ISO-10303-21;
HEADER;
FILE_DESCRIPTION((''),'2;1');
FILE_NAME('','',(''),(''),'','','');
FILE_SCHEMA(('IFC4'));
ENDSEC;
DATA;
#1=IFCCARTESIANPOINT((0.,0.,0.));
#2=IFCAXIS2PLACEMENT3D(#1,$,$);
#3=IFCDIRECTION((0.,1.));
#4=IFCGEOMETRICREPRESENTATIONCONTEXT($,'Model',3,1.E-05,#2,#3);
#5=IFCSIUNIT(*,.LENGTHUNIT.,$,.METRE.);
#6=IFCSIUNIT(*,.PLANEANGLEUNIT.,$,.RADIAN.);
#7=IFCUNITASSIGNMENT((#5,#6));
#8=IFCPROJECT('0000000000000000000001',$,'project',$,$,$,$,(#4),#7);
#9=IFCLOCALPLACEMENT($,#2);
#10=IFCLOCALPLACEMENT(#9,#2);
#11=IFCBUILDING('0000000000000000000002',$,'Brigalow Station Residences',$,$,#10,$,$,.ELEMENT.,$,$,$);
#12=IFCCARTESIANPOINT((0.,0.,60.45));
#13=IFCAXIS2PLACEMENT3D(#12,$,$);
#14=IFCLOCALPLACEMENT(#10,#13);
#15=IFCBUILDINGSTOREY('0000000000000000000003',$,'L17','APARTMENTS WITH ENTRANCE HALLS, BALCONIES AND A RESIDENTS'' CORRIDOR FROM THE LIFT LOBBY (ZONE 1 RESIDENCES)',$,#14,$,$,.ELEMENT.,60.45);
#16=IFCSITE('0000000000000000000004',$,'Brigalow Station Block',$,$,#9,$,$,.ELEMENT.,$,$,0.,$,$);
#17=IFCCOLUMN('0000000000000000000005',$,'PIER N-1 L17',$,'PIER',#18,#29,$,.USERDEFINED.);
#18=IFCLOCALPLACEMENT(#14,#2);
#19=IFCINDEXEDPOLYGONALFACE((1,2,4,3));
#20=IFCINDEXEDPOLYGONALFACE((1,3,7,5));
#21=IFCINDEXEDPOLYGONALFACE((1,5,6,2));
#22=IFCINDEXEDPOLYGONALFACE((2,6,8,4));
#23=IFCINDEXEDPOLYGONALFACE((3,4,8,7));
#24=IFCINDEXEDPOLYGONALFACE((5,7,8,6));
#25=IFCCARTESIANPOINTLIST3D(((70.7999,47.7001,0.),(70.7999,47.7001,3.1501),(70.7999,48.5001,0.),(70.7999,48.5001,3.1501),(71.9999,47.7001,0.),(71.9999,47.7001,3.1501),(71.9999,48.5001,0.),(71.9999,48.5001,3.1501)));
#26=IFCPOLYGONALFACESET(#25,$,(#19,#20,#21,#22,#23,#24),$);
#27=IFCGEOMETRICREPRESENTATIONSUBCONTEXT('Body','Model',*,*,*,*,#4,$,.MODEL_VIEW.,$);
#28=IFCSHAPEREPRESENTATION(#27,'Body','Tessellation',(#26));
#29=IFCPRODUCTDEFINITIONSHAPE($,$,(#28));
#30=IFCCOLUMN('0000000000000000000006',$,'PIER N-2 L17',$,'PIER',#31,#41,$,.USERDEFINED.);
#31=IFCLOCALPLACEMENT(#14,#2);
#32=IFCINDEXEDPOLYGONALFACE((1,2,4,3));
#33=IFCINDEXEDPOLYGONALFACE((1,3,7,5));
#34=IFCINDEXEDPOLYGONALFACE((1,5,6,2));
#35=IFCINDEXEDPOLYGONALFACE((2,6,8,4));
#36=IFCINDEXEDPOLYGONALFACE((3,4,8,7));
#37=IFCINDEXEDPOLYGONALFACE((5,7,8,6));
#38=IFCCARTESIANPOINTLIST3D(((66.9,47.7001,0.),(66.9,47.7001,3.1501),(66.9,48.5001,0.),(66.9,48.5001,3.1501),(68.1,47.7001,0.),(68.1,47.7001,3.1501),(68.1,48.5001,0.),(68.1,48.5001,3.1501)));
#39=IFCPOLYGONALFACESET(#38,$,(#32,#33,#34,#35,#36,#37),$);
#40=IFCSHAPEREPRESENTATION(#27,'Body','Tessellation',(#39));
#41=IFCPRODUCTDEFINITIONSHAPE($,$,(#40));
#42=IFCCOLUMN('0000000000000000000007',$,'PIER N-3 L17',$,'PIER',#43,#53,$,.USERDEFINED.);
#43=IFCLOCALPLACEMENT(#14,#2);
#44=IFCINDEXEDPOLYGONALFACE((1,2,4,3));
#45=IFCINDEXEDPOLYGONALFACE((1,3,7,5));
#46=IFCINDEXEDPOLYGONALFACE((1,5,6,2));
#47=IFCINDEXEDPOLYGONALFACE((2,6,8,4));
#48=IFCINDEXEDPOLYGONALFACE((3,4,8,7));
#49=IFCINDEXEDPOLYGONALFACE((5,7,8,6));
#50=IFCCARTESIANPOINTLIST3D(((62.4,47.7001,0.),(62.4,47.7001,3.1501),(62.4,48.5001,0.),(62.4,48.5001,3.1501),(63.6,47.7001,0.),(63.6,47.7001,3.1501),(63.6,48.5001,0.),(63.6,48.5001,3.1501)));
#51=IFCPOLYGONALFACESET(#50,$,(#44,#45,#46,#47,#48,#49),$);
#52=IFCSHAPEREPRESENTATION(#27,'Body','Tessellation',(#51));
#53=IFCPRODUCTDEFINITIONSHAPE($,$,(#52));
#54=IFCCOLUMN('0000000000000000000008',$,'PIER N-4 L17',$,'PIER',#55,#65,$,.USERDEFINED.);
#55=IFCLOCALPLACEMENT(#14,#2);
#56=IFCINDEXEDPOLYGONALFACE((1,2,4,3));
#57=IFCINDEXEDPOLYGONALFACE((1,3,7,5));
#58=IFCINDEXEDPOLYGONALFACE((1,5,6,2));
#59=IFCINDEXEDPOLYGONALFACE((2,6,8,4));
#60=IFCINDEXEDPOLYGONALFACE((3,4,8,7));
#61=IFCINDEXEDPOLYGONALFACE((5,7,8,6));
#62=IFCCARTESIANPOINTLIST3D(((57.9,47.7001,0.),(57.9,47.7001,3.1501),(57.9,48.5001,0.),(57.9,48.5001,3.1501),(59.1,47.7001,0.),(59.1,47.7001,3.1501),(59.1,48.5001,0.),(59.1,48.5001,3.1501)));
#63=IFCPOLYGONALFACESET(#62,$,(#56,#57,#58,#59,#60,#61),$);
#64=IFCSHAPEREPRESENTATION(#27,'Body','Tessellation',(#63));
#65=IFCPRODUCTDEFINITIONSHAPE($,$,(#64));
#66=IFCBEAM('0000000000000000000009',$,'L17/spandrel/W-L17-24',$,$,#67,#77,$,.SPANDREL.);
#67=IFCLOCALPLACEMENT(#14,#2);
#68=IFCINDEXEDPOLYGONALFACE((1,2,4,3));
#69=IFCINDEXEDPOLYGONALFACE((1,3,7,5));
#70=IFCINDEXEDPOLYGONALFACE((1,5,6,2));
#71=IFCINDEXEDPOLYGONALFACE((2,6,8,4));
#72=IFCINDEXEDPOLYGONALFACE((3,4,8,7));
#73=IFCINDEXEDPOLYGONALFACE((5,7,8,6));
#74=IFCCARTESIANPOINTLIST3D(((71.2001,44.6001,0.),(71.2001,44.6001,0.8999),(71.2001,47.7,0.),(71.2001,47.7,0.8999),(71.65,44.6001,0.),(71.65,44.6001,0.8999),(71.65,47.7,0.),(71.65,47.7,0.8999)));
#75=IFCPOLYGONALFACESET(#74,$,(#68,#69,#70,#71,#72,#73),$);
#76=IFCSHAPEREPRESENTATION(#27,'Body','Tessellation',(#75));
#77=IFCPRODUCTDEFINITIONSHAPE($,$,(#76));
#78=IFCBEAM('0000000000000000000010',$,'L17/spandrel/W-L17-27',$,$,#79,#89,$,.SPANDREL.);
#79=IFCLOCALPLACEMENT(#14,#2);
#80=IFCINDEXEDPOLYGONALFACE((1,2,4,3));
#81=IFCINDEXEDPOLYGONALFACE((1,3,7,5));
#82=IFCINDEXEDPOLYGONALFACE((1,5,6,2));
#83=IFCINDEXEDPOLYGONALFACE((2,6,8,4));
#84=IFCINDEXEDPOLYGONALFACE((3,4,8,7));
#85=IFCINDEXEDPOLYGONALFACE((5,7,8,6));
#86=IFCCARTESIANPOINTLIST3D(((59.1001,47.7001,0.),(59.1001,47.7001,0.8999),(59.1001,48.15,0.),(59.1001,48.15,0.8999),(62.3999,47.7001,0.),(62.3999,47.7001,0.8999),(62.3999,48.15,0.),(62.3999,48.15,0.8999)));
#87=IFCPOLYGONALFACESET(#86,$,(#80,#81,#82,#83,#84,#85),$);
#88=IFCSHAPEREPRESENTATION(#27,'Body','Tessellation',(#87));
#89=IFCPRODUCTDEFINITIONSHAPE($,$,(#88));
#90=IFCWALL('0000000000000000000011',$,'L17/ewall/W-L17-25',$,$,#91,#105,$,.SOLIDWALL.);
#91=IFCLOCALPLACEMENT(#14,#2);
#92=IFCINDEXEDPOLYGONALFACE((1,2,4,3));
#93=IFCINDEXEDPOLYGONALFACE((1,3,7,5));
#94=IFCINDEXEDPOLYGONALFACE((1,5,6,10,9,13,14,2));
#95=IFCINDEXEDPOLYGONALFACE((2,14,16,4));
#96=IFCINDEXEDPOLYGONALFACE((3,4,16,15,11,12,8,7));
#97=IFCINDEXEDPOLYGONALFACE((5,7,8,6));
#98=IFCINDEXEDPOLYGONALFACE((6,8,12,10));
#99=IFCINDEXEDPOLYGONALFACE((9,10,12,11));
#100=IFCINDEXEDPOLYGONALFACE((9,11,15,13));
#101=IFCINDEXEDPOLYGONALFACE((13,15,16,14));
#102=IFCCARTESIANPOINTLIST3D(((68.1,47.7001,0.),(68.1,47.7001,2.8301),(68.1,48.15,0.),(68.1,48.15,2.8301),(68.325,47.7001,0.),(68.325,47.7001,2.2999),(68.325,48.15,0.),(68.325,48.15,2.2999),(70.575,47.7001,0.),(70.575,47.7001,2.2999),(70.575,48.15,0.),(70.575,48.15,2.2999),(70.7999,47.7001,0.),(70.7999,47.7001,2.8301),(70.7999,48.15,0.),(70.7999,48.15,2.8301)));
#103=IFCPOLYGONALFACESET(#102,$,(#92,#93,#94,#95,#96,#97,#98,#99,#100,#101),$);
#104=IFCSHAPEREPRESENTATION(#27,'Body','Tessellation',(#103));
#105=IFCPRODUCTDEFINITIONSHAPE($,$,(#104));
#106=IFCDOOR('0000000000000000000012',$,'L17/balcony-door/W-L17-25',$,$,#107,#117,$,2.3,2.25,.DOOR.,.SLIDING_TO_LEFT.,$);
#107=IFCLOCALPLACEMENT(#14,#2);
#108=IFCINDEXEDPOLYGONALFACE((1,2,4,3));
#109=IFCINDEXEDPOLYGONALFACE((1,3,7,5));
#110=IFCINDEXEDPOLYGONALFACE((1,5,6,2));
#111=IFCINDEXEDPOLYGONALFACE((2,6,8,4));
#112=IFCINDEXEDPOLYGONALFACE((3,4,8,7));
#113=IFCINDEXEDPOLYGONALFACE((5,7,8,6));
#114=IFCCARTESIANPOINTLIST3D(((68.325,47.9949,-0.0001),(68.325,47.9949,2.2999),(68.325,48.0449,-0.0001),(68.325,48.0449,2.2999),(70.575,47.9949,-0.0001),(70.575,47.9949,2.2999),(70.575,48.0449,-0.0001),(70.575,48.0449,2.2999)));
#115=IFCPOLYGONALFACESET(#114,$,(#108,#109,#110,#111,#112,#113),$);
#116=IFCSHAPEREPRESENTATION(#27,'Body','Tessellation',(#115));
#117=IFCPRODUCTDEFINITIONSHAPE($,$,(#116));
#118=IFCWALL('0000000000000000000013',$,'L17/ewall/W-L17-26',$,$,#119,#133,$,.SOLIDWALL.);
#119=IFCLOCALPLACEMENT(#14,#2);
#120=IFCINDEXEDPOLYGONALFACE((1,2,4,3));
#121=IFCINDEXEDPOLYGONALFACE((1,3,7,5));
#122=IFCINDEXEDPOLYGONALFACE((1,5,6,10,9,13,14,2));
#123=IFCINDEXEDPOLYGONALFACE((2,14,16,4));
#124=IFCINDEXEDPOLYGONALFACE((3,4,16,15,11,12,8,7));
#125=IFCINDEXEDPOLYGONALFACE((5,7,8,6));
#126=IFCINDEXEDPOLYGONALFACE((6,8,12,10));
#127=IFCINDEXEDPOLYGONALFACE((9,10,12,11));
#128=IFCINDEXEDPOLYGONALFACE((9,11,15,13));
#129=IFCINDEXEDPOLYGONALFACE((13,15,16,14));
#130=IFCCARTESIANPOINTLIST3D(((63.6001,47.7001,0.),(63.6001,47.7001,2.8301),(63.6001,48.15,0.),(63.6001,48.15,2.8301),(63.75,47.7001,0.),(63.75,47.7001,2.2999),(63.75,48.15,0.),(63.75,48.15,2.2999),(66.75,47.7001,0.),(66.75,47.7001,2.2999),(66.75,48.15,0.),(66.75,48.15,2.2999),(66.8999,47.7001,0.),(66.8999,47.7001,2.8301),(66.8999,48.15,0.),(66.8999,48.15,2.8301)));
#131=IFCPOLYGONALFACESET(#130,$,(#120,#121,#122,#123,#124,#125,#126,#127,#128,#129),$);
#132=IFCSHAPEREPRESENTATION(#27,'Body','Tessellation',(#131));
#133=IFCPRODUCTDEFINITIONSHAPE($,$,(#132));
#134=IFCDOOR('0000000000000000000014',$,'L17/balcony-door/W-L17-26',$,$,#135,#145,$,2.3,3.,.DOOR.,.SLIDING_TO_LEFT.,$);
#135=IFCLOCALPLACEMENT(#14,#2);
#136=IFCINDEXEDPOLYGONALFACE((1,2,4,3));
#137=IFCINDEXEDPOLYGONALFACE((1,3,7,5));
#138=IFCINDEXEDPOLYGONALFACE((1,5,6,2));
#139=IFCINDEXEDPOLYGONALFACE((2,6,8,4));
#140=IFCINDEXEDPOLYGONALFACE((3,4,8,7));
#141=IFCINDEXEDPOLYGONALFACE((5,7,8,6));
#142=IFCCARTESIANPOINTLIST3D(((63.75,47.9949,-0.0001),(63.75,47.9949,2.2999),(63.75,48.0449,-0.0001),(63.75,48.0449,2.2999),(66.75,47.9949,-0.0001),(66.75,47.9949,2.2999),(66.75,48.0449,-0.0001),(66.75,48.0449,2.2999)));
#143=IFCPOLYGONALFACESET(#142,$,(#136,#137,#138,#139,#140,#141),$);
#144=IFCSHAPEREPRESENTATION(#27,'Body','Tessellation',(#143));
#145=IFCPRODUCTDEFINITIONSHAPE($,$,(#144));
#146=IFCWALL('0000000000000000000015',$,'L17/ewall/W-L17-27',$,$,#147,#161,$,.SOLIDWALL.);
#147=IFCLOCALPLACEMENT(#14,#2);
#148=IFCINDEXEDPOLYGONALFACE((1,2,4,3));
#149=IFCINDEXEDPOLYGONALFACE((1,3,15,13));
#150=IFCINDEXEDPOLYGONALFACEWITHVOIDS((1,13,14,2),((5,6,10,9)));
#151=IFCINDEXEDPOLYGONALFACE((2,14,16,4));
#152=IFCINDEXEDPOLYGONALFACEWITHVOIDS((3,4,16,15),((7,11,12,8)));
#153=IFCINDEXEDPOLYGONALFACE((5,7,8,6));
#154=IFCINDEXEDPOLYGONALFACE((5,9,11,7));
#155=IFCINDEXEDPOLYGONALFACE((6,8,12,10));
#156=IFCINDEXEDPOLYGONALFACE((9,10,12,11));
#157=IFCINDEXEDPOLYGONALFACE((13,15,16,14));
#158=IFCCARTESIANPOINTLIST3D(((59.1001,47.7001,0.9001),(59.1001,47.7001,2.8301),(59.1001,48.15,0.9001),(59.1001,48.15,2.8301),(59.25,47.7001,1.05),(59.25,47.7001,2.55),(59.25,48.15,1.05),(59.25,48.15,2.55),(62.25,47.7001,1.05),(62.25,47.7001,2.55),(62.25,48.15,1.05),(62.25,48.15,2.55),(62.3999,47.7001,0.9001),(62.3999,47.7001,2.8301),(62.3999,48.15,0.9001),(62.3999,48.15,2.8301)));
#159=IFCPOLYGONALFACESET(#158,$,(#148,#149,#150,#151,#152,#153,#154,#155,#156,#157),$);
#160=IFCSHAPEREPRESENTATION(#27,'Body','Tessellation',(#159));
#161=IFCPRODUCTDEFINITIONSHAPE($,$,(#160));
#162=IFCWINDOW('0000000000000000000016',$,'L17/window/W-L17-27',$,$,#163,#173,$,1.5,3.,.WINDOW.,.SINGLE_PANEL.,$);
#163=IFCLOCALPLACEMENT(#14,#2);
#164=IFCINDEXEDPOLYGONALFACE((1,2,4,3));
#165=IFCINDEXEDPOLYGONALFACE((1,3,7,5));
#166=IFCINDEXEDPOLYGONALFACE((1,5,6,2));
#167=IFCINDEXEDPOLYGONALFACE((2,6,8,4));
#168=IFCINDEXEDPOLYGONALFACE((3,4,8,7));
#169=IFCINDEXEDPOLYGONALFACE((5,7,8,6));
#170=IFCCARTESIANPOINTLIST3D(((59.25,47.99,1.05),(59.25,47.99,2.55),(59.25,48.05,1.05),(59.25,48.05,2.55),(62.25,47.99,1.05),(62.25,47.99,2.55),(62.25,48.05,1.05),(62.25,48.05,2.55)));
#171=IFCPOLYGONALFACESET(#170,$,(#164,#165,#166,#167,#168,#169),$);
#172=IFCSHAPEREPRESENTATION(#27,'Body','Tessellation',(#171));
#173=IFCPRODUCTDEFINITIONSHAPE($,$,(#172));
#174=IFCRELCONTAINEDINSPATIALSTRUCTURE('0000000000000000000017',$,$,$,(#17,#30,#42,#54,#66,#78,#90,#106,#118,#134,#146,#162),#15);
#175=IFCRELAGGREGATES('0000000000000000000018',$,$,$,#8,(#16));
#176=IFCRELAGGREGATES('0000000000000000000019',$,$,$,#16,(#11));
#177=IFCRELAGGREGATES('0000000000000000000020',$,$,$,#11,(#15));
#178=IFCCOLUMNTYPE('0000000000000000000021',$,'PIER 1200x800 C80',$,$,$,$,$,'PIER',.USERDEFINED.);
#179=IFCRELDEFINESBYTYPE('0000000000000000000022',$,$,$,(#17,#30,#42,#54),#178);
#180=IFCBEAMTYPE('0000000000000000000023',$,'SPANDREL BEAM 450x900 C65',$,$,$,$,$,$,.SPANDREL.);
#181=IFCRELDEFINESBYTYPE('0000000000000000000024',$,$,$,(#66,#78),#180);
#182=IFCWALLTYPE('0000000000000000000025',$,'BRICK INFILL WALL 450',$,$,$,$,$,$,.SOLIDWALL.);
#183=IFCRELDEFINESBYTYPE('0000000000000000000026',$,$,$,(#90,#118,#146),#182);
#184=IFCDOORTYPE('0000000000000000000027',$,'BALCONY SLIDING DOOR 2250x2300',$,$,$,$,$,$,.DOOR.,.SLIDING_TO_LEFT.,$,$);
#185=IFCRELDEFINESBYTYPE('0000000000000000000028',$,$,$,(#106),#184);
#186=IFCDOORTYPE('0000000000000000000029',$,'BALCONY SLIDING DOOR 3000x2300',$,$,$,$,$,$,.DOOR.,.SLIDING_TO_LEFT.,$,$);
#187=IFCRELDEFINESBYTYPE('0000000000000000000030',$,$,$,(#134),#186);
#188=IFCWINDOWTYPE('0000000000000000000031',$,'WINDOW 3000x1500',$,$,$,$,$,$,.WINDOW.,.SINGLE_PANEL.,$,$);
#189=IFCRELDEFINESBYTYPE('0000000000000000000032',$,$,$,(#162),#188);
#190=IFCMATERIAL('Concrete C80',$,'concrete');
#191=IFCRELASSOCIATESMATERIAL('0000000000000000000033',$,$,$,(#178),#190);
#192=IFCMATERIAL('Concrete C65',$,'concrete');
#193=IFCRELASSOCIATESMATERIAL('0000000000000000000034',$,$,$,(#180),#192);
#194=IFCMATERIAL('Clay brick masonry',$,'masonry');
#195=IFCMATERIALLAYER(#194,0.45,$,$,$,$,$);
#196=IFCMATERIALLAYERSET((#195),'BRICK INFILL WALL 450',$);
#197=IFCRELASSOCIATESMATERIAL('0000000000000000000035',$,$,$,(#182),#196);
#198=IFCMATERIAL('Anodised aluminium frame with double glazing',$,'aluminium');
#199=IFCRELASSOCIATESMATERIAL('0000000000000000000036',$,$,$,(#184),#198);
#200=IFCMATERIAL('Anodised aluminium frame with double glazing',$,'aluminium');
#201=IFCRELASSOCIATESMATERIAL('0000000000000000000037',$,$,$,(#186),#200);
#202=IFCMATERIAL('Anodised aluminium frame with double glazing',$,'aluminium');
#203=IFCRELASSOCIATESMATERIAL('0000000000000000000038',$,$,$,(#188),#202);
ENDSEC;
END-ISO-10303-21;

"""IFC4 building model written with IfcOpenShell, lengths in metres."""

from ifc_helpers import new_model, si_unit, direction, frame, frame_2d, origin, origin_2d, place, context, subcontext, project, spatial, rectangle, extrude, material, layer, layer_set, material_profile, profile_set, type_object, element, fill, save


model = new_model("IFC4")

# Units and contexts
model_context = context("Model", 3, precision=1e-05, world=origin(), true_north=direction((0.0, 1.0)))
body_context = subcontext(model_context, "Body", "Model", "MODEL_VIEW")
ifc_project = project(units=[si_unit("LENGTHUNIT", "METRE"), si_unit("PLANEANGLEUNIT", "RADIAN")], contexts=[model_context])

# Site, building, storey
site_placement = place(None, origin())
site = spatial("IfcSite", under=ifc_project, at=site_placement, Name="Brigalow Station Block", CompositionType="ELEMENT", RefElevation=0.0)
building_placement = place(site_placement, origin())
building = spatial("IfcBuilding", under=site, at=building_placement, Name="Brigalow Station Residences", CompositionType="ELEMENT")
storey_placement = place(building_placement, frame((0.0, 0.0, 60.45)))
storey = spatial("IfcBuildingStorey", under=building, at=storey_placement, Name="L17", Description="APARTMENTS WITH ENTRANCE HALLS, BALCONIES AND A RESIDENTS' CORRIDOR FROM THE LIFT LOBBY (ZONE 1 RESIDENCES)", CompositionType="ELEMENT", Elevation=60.45)

# Columns
ifc_material_1 = material(Name="Concrete C80", Category="concrete")
ifc_material_profile_1 = material_profile(ifc_material_1, rectangle(XDim=1.2, YDim=0.8, at=origin_2d()), Name="RC1200x800")
ifc_profile_set_1 = profile_set([ifc_material_profile_1], Name="Concrete C80")
column_type = type_object("IfcColumnType", Name="PIER 1200x800 C80", ElementType="PIER", PredefinedType="USERDEFINED", material=ifc_profile_set_1)
for number, where, z_axis, x_axis, name in (
    (1, (71.3999, 48.1001, 0.0), (0.0, 0.0, 1.0), (-1.0, 0.0, 0.0), "PIER N-1 L17"),
    (2, (67.5, 48.1001, 0.0), (0.0, 0.0, 1.0), (-1.0, 0.0, 0.0), "PIER N-2 L17"),
    (3, (63.0, 48.1001, 0.0), (0.0, 0.0, 1.0), (-1.0, 0.0, 0.0), "PIER N-3 L17"),
    (4, (58.5, 48.1001, 0.0), (0.0, 0.0, 1.0), (-1.0, 0.0, 0.0), "PIER N-4 L17"),
):
    element("IfcColumn", number, at=place(storey_placement, frame(where, z_axis=z_axis, x_axis=x_axis)), inside=storey, type_object=column_type, Name=name, ObjectType="PIER", PredefinedType="USERDEFINED", context=body_context, shape_type="SweptSolid", body=[
        extrude(rectangle(XDim=1.2, YDim=0.8, at=origin_2d()), origin(), (0.0, 0.0, 1.0), 3.1501),
    ])

# Beams
ifc_material_2 = material(Name="Concrete C65", Category="concrete")
ifc_material_profile_2 = material_profile(ifc_material_2, rectangle(XDim=0.45, YDim=0.8999, at=origin_2d()), Name="RC450x900")
ifc_profile_set_2 = profile_set([ifc_material_profile_2], Name="Concrete C65")
beam_type = type_object("IfcBeamType", Name="SPANDREL BEAM 450x900 C65", PredefinedType="SPANDREL", material=ifc_profile_set_2)
beam_1_placement = place(storey_placement, frame((71.425, 44.6001, 0.45), z_axis=(0.0, 1.0, 0.0), x_axis=(-1.0, 0.0, 0.0)))
element("IfcBeam", 5, at=beam_1_placement, inside=storey, type_object=beam_type, Name="L17/spandrel/W-L17-24", PredefinedType="SPANDREL", context=body_context, shape_type="SweptSolid", body=[
    extrude(rectangle(XDim=0.45, YDim=0.8999, at=origin_2d()), origin(), (0.0, 0.0, 1.0), 3.0999),
])
beam_2_placement = place(storey_placement, frame((62.3999, 47.925, 0.45), z_axis=(-1.0, 0.0, 0.0), x_axis=(0.0, -1.0, 0.0)))
element("IfcBeam", 6, at=beam_2_placement, inside=storey, type_object=beam_type, Name="L17/spandrel/W-L17-27", PredefinedType="SPANDREL", context=body_context, shape_type="SweptSolid", body=[
    extrude(rectangle(XDim=0.45, YDim=0.8999, at=origin_2d()), origin(), (0.0, 0.0, 1.0), 3.2998),
])

# Walls, openings, doors
ifc_material_3 = material(Name="Clay brick masonry", Category="masonry")
ifc_layer_1 = layer(ifc_material_3, 0.45)
ifc_layer_set_1 = layer_set([ifc_layer_1], Name="BRICK INFILL WALL 450")
wall_type_1 = type_object("IfcWallType", Name="BRICK INFILL WALL 450", PredefinedType="SOLIDWALL", material=ifc_layer_set_1)
wall_1_placement = place(storey_placement, frame((70.8, 47.925, 0.0), z_axis=(0.0, 0.0, 1.0), x_axis=(-1.0, 0.0, 0.0)))
wall_1 = element("IfcWall", 7, at=wall_1_placement, inside=storey, type_object=wall_type_1, Name="L17/ewall/W-L17-25", PredefinedType="SOLIDWALL", context=body_context, shape_type="SweptSolid", body=[
    extrude(rectangle(XDim=2.7, YDim=0.45, at=frame_2d((1.3501, 0.0))), origin(), (0.0, 0.0, 1.0), 2.8301),
])
opening_1_placement = place(wall_1_placement, frame((0.2251, 0.0, 0.0)))
opening_1 = element("IfcOpeningElement", 8, at=opening_1_placement, cuts=wall_1, PredefinedType="OPENING", context=body_context, shape_type="SweptSolid", body=[
    extrude(rectangle(XDim=2.25, YDim=2.3, at=frame_2d((1.125, 1.1499))), frame((0.0, 0.2349, 0.0), z_axis=(0.0, -1.0, 0.0), x_axis=(1.0, 0.0, 0.0)), (0.0, 0.0, 1.0), 0.47),
])
ifc_material_4 = material(Name="Anodised aluminium frame with double glazing", Category="aluminium")
door_type_1 = type_object("IfcDoorType", Name="BALCONY SLIDING DOOR 2250x2300", OperationType="SLIDING_TO_LEFT", PredefinedType="DOOR", material=ifc_material_4)
door_1_placement = place(opening_1_placement, origin())
door_1 = element("IfcDoor", 9, at=door_1_placement, inside=storey, type_object=door_type_1, Name="L17/balcony-door/W-L17-25", OperationType="SLIDING_TO_LEFT", OverallHeight=2.3, OverallWidth=2.25, PredefinedType="DOOR", context=body_context, shape_type="SweptSolid", body=[
    extrude(rectangle(XDim=2.25, YDim=2.3, at=frame_2d((1.125, 1.1499))), frame((0.0, -0.0698, 0.0), z_axis=(0.0, -1.0, 0.0), x_axis=(1.0, 0.0, 0.0)), (0.0, 0.0, 1.0), 0.05),
])
fill(opening_1, door_1)
wall_2_placement = place(storey_placement, frame((66.8999, 47.925, 0.0), z_axis=(0.0, 0.0, 1.0), x_axis=(-1.0, 0.0, 0.0)))
wall_2 = element("IfcWall", 10, at=wall_2_placement, inside=storey, type_object=wall_type_1, Name="L17/ewall/W-L17-26", PredefinedType="SOLIDWALL", context=body_context, shape_type="SweptSolid", body=[
    extrude(rectangle(XDim=3.2998, YDim=0.45, at=frame_2d((1.6499, 0.0))), origin(), (0.0, 0.0, 1.0), 2.8301),
])
opening_2_placement = place(wall_2_placement, frame((0.1499, 0.0, 0.0)))
opening_2 = element("IfcOpeningElement", 11, at=opening_2_placement, cuts=wall_2, PredefinedType="OPENING", context=body_context, shape_type="SweptSolid", body=[
    extrude(rectangle(XDim=3.0, YDim=2.3, at=frame_2d((1.5, 1.1499))), frame((0.0, 0.2349, 0.0), z_axis=(0.0, -1.0, 0.0), x_axis=(1.0, 0.0, 0.0)), (0.0, 0.0, 1.0), 0.47),
])
ifc_material_5 = material(Name="Anodised aluminium frame with double glazing", Category="aluminium")
door_type_2 = type_object("IfcDoorType", Name="BALCONY SLIDING DOOR 3000x2300", OperationType="SLIDING_TO_LEFT", PredefinedType="DOOR", material=ifc_material_5)
door_2_placement = place(opening_2_placement, origin())
door_2 = element("IfcDoor", 12, at=door_2_placement, inside=storey, type_object=door_type_2, Name="L17/balcony-door/W-L17-26", OperationType="SLIDING_TO_LEFT", OverallHeight=2.3, OverallWidth=3.0, PredefinedType="DOOR", context=body_context, shape_type="SweptSolid", body=[
    extrude(rectangle(XDim=3.0, YDim=2.3, at=frame_2d((1.5, 1.1499))), frame((0.0, -0.0698, 0.0), z_axis=(0.0, -1.0, 0.0), x_axis=(1.0, 0.0, 0.0)), (0.0, 0.0, 1.0), 0.05),
])
fill(opening_2, door_2)

# Wall, opening, window
wall_3_placement = place(storey_placement, frame((62.3999, 47.925, 0.9001), z_axis=(0.0, 0.0, 1.0), x_axis=(-1.0, 0.0, 0.0)))
wall_3 = element("IfcWall", 13, at=wall_3_placement, inside=storey, type_object=wall_type_1, Name="L17/ewall/W-L17-27", PredefinedType="SOLIDWALL", context=body_context, shape_type="SweptSolid", body=[
    extrude(rectangle(XDim=3.2998, YDim=0.45, at=frame_2d((1.6499, 0.0))), origin(), (0.0, 0.0, 1.0), 1.9299),
])
opening_3_placement = place(wall_3_placement, frame((0.1499, 0.0, 0.1499)))
opening_3 = element("IfcOpeningElement", 14, at=opening_3_placement, cuts=wall_3, PredefinedType="OPENING", context=body_context, shape_type="SweptSolid", body=[
    extrude(rectangle(XDim=3.0, YDim=1.5, at=frame_2d((1.5, 0.75))), frame((0.0, 0.2349, 0.0), z_axis=(0.0, -1.0, 0.0), x_axis=(1.0, 0.0, 0.0)), (0.0, 0.0, 1.0), 0.47),
])
ifc_material_6 = material(Name="Anodised aluminium frame with double glazing", Category="aluminium")
window_type = type_object("IfcWindowType", Name="WINDOW 3000x1500", PartitioningType="SINGLE_PANEL", PredefinedType="WINDOW", material=ifc_material_6)
window_placement = place(opening_3_placement, origin())
window = element("IfcWindow", 15, at=window_placement, inside=storey, type_object=window_type, Name="L17/window/W-L17-27", OverallHeight=1.5, OverallWidth=3.0, PartitioningType="SINGLE_PANEL", PredefinedType="WINDOW", context=body_context, shape_type="SweptSolid", body=[
    extrude(rectangle(XDim=3.0, YDim=1.5, at=frame_2d((1.5, 0.75))), frame((0.0, -0.0649, 0.0), z_axis=(0.0, -1.0, 0.0), x_axis=(1.0, 0.0, 0.0)), (0.0, 0.0, 1.0), 0.0601),
])
fill(opening_3, window)

save(model, "model.ifc")
